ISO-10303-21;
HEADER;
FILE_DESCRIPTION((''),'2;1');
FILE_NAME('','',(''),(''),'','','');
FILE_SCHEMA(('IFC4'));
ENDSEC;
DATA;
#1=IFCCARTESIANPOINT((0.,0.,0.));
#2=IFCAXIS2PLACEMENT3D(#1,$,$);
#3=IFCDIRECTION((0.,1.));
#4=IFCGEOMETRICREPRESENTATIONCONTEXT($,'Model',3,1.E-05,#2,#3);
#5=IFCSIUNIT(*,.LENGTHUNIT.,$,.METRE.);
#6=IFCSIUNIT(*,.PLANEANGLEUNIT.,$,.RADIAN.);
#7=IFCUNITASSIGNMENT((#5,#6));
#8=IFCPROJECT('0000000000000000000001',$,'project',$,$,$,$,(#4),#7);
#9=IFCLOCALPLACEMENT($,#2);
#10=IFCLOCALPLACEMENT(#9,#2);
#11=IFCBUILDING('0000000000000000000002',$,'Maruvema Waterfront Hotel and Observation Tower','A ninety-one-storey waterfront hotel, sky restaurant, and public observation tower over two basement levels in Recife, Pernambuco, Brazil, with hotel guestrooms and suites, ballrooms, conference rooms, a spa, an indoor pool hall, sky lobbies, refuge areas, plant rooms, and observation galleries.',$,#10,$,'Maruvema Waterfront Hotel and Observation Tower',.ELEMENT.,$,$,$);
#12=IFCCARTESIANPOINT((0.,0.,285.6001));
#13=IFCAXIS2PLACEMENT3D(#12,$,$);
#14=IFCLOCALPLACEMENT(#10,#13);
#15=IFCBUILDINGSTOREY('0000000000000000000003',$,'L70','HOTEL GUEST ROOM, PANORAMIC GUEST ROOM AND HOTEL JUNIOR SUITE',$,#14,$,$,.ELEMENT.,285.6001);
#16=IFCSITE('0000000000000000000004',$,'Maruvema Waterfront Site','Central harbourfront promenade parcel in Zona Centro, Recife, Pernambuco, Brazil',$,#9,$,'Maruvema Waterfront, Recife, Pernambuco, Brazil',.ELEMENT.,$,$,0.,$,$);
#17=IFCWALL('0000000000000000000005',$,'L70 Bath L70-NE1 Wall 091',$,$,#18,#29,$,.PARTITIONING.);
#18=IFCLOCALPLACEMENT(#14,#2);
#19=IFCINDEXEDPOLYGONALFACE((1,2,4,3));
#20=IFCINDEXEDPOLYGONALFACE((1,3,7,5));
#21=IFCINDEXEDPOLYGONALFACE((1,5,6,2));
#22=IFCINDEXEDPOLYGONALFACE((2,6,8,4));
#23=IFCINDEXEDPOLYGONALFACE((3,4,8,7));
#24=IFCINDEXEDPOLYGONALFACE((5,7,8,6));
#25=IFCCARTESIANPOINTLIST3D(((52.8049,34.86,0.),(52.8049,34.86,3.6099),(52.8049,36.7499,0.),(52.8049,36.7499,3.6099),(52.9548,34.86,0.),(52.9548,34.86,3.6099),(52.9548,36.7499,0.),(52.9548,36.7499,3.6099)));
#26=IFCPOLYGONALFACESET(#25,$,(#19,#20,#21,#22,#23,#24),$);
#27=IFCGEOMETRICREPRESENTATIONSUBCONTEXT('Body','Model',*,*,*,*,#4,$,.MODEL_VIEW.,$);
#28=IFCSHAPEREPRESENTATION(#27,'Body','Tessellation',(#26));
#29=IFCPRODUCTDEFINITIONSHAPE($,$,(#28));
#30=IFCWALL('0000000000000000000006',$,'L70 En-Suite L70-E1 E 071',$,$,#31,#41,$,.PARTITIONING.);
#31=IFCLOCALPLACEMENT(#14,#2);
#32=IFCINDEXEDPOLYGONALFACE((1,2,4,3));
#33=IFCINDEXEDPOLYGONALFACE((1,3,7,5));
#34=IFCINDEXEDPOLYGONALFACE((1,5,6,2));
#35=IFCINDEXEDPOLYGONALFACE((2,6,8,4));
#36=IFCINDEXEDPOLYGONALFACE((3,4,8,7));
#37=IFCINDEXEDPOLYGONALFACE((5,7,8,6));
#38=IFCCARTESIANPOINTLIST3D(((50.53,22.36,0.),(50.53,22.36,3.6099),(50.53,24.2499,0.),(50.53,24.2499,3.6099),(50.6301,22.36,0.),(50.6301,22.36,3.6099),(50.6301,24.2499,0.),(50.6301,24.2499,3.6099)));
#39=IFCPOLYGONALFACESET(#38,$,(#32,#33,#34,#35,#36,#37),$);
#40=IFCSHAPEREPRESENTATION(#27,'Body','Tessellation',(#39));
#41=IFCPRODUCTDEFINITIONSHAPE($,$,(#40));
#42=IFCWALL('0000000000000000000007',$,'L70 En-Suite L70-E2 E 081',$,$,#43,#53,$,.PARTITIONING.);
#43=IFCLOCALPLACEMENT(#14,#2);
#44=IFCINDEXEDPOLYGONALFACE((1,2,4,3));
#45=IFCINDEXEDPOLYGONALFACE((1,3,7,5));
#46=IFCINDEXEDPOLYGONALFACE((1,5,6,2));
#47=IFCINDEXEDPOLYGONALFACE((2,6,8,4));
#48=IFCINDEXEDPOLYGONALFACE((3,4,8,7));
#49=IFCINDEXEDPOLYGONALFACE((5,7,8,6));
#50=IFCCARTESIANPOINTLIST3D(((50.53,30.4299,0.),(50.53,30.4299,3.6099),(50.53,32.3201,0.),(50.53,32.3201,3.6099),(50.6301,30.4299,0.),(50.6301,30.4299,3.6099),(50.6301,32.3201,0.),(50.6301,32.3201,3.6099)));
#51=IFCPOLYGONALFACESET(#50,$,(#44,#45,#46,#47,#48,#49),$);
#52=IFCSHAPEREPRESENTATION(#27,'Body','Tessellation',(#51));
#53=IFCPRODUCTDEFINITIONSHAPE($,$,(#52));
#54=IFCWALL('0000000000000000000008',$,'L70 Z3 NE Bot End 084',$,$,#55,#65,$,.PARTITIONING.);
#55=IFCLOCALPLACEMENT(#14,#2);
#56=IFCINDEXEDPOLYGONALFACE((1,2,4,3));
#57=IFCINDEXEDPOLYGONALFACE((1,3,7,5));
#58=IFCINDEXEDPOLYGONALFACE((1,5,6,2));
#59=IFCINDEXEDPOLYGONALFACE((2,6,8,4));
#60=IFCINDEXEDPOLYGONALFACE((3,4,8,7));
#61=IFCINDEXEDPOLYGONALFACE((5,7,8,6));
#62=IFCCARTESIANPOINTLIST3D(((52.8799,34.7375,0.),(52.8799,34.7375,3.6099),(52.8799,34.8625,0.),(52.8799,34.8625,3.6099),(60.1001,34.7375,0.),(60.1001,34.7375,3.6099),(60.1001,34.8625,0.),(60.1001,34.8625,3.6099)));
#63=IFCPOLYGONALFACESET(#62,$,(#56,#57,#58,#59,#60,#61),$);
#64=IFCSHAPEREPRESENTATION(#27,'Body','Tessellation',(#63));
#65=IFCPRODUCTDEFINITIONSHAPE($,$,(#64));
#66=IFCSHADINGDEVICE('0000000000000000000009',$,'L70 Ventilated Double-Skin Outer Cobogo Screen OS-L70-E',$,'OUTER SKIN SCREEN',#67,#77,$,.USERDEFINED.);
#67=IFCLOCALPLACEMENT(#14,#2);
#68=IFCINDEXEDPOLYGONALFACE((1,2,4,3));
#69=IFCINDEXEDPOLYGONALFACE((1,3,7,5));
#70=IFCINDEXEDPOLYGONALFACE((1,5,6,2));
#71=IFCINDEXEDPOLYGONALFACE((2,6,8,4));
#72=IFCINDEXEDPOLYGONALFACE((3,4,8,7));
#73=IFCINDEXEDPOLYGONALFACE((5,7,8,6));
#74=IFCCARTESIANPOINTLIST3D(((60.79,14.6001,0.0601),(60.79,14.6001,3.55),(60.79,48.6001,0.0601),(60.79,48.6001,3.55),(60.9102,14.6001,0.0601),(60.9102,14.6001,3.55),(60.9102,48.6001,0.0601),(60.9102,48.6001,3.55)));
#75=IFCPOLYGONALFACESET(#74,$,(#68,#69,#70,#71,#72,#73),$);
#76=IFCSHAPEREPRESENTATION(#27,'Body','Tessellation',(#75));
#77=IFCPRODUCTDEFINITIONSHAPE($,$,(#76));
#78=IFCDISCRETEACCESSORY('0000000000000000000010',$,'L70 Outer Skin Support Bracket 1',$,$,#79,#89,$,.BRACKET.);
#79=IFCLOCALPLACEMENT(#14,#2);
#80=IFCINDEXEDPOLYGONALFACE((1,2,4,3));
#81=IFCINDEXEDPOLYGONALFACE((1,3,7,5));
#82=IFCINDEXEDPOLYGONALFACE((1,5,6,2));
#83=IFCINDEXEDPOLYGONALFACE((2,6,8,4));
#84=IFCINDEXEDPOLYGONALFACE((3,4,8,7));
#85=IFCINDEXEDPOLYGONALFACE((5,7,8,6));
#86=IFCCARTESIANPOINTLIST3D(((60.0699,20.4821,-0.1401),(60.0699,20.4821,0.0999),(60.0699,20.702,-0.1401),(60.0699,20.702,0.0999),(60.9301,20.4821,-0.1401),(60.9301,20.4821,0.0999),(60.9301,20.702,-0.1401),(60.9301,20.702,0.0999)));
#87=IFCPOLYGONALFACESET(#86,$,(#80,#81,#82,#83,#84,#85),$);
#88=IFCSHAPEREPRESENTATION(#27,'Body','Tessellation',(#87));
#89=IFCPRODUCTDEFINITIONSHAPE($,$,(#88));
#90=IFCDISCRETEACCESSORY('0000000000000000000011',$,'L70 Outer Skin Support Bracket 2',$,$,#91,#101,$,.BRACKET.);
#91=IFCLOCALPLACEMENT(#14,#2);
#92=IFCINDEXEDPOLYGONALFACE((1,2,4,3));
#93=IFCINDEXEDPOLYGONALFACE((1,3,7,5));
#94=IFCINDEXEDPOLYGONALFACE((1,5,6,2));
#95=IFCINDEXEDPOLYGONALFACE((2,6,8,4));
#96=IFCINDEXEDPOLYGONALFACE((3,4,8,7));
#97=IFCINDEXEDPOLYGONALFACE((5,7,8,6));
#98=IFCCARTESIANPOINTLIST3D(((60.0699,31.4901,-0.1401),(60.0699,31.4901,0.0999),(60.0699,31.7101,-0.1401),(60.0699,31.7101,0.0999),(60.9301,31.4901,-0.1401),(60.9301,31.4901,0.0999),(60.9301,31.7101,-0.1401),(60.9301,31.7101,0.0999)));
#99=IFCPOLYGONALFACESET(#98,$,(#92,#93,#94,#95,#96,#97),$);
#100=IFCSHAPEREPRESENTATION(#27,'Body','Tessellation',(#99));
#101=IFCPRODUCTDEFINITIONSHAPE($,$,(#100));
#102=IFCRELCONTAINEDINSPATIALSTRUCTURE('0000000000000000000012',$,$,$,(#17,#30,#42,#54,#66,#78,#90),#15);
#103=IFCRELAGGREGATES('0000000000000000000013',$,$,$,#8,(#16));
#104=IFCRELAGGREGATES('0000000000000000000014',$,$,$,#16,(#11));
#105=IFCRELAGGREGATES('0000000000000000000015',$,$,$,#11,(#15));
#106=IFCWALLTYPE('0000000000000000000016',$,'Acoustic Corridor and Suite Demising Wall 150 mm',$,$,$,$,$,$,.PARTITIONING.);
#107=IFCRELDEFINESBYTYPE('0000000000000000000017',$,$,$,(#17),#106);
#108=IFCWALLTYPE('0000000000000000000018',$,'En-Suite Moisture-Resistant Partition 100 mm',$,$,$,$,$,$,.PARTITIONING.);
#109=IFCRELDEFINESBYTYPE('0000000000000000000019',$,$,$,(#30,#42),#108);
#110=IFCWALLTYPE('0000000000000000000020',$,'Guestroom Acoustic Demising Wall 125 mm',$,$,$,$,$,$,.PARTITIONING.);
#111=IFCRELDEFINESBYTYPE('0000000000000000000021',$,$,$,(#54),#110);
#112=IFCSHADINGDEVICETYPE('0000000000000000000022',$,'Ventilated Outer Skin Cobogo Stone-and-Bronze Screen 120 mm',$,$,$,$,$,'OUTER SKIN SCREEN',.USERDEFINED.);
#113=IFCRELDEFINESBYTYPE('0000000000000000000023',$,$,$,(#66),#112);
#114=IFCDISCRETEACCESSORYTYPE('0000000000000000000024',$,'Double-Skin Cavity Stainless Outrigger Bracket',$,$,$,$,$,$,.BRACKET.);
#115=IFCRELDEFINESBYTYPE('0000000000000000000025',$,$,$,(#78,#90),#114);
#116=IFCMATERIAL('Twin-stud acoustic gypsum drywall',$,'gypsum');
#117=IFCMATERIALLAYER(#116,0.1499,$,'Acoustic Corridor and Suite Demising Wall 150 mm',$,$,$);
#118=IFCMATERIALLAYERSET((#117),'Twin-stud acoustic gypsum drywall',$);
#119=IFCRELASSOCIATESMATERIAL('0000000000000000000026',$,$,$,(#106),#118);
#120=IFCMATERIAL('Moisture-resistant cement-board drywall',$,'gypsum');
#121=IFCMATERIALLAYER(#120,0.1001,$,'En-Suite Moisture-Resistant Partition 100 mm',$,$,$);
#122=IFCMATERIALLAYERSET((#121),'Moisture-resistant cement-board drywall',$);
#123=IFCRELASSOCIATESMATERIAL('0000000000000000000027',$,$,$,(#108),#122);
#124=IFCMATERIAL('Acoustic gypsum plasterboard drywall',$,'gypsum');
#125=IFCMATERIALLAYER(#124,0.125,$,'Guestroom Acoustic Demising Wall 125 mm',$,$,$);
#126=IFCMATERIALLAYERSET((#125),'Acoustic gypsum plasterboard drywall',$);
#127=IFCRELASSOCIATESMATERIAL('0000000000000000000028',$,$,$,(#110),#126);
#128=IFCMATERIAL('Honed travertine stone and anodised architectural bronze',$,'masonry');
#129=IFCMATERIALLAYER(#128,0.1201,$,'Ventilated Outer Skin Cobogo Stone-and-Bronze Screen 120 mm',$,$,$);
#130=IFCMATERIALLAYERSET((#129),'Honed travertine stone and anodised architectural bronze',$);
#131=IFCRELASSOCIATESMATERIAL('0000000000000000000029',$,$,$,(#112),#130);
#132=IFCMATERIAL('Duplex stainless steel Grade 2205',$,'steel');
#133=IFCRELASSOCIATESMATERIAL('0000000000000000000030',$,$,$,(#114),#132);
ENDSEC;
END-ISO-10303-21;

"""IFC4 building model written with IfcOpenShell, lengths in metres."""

from ifc_helpers import new_model, si_unit, direction, frame, frame_2d, origin, origin_2d, place, context, subcontext, project, spatial, rectangle, extrude, material, layer, layer_set, type_object, element, save


model = new_model("IFC4")

# Units and contexts
model_context = context("Model", 3, precision=1e-05, world=origin(), true_north=direction((0.0, 1.0)))
body_context = subcontext(model_context, "Body", "Model", "MODEL_VIEW")
ifc_project = project(units=[si_unit("LENGTHUNIT", "METRE"), si_unit("PLANEANGLEUNIT", "RADIAN")], contexts=[model_context])

# Site, building, storey
site_placement = place(None, origin())
site = spatial("IfcSite", under=ifc_project, at=site_placement, Name="Maruvema Waterfront Site", Description="Central harbourfront promenade parcel in Zona Centro, Recife, Pernambuco, Brazil", LongName="Maruvema Waterfront, Recife, Pernambuco, Brazil", CompositionType="ELEMENT", RefElevation=0.0)
building_placement = place(site_placement, origin())
building = spatial("IfcBuilding", under=site, at=building_placement, Name="Maruvema Waterfront Hotel and Observation Tower", Description="A ninety-one-storey waterfront hotel, sky restaurant, and public observation tower over two basement levels in Recife, Pernambuco, Brazil, with hotel guestrooms and suites, ballrooms, conference rooms, a spa, an indoor pool hall, sky lobbies, refuge areas, plant rooms, and observation galleries.", LongName="Maruvema Waterfront Hotel and Observation Tower", CompositionType="ELEMENT")
storey_placement = place(building_placement, frame((0.0, 0.0, 285.6001)))
storey = spatial("IfcBuildingStorey", under=building, at=storey_placement, Name="L70", Description="HOTEL GUEST ROOM, PANORAMIC GUEST ROOM AND HOTEL JUNIOR SUITE", CompositionType="ELEMENT", Elevation=285.6001)

# Shared definitions
ifc_material_1 = material(Name="Twin-stud acoustic gypsum drywall", Category="gypsum")
ifc_layer_1 = layer(ifc_material_1, 0.1499, Name="Acoustic Corridor and Suite Demising Wall 150 mm")
ifc_layer_set_1 = layer_set([ifc_layer_1], Name="Twin-stud acoustic gypsum drywall")
wall_type_1 = type_object("IfcWallType", Name="Acoustic Corridor and Suite Demising Wall 150 mm", PredefinedType="PARTITIONING", material=ifc_layer_set_1)

# Walls
wall_1_placement = place(storey_placement, frame((52.8799, 34.8601, 0.0), z_axis=(0.0, 0.0, 1.0), x_axis=(0.0, 1.0, 0.0)))
element("IfcWall", 1, at=wall_1_placement, inside=storey, type_object=wall_type_1, Name="L70 Bath L70-NE1 Wall 091", PredefinedType="PARTITIONING", context=body_context, shape_type="SweptSolid", body=[
    extrude(rectangle(XDim=1.8899, YDim=0.1499, at=frame_2d((0.9448, 0.0))), origin(), (0.0, 0.0, 1.0), 3.6099),
])
ifc_material_2 = material(Name="Moisture-resistant cement-board drywall", Category="gypsum")
ifc_layer_2 = layer(ifc_material_2, 0.1001, Name="En-Suite Moisture-Resistant Partition 100 mm")
ifc_layer_set_2 = layer_set([ifc_layer_2], Name="Moisture-resistant cement-board drywall")
wall_type_2 = type_object("IfcWallType", Name="En-Suite Moisture-Resistant Partition 100 mm", PredefinedType="PARTITIONING", material=ifc_layer_set_2)
wall_2_placement = place(storey_placement, frame((50.5801, 22.3601, 0.0), z_axis=(0.0, 0.0, 1.0), x_axis=(0.0, 1.0, 0.0)))
element("IfcWall", 2, at=wall_2_placement, inside=storey, type_object=wall_type_2, Name="L70 En-Suite L70-E1 E 071", PredefinedType="PARTITIONING", context=body_context, shape_type="SweptSolid", body=[
    extrude(rectangle(XDim=1.8899, YDim=0.1001, at=frame_2d((0.9448, 0.0))), origin(), (0.0, 0.0, 1.0), 3.6099),
])
wall_3_placement = place(storey_placement, frame((50.5801, 30.4299, 0.0), z_axis=(0.0, 0.0, 1.0), x_axis=(0.0, 1.0, 0.0)))
element("IfcWall", 3, at=wall_3_placement, inside=storey, type_object=wall_type_2, Name="L70 En-Suite L70-E2 E 081", PredefinedType="PARTITIONING", context=body_context, shape_type="SweptSolid", body=[
    extrude(rectangle(XDim=1.8901, YDim=0.1001, at=frame_2d((0.9451, 0.0))), origin(), (0.0, 0.0, 1.0), 3.6099),
])
ifc_material_3 = material(Name="Acoustic gypsum plasterboard drywall", Category="gypsum")
ifc_layer_3 = layer(ifc_material_3, 0.125, Name="Guestroom Acoustic Demising Wall 125 mm")
ifc_layer_set_3 = layer_set([ifc_layer_3], Name="Acoustic gypsum plasterboard drywall")
wall_type_3 = type_object("IfcWallType", Name="Guestroom Acoustic Demising Wall 125 mm", PredefinedType="PARTITIONING", material=ifc_layer_set_3)
wall_4_placement = place(storey_placement, frame((52.8799, 34.8, 0.0), z_axis=(0.0, 0.0, 1.0), x_axis=(1.0, 0.0, 0.0)))
element("IfcWall", 4, at=wall_4_placement, inside=storey, type_object=wall_type_3, Name="L70 Z3 NE Bot End 084", PredefinedType="PARTITIONING", context=body_context, shape_type="SweptSolid", body=[
    extrude(rectangle(XDim=7.2202, YDim=0.125, at=frame_2d((3.6101, 0.0))), origin(), (0.0, 0.0, 1.0), 3.6099),
])

# Shading device
ifc_material_4 = material(Name="Honed travertine stone and anodised architectural bronze", Category="masonry")
ifc_layer_4 = layer(ifc_material_4, 0.1201, Name="Ventilated Outer Skin Cobogo Stone-and-Bronze Screen 120 mm")
ifc_layer_set_4 = layer_set([ifc_layer_4], Name="Honed travertine stone and anodised architectural bronze")
shading_device_type = type_object("IfcShadingDeviceType", Name="Ventilated Outer Skin Cobogo Stone-and-Bronze Screen 120 mm", ElementType="OUTER SKIN SCREEN", PredefinedType="USERDEFINED", material=ifc_layer_set_4)
shading_device_placement = place(storey_placement, frame((60.8501, 31.6001, 0.0601), z_axis=(0.0, 0.0, 1.0), x_axis=(0.0, 1.0, 0.0)))
element("IfcShadingDevice", 5, at=shading_device_placement, inside=storey, type_object=shading_device_type, Name="L70 Ventilated Double-Skin Outer Cobogo Screen OS-L70-E", ObjectType="OUTER SKIN SCREEN", PredefinedType="USERDEFINED", context=body_context, shape_type="SweptSolid", body=[
    extrude(rectangle(XDim=34.0, YDim=0.1201, at=origin_2d()), origin(), (0.0, 0.0, 1.0), 3.49),
])

# Discrete accessories
ifc_material_5 = material(Name="Duplex stainless steel Grade 2205", Category="steel")
discrete_accessory_type = type_object("IfcDiscreteAccessoryType", Name="Double-Skin Cavity Stainless Outrigger Bracket", PredefinedType="BRACKET", material=ifc_material_5)
for number, where, z_axis, x_axis, name in (
    (6, (60.5, 20.592, -0.1401), (0.0, 0.0, 1.0), (0.0, 1.0, 0.0), "L70 Outer Skin Support Bracket 1"),
    (7, (60.5, 31.6001, -0.1401), (0.0, 0.0, 1.0), (0.0, 1.0, 0.0), "L70 Outer Skin Support Bracket 2"),
):
    element("IfcDiscreteAccessory", number, at=place(storey_placement, frame(where, z_axis=z_axis, x_axis=x_axis)), inside=storey, type_object=discrete_accessory_type, Name=name, PredefinedType="BRACKET", context=body_context, shape_type="SweptSolid", body=[
        extrude(rectangle(XDim=0.22, YDim=0.8601, at=origin_2d()), origin(), (0.0, 0.0, 1.0), 0.24),
    ])

save(model, "model.ifc")
